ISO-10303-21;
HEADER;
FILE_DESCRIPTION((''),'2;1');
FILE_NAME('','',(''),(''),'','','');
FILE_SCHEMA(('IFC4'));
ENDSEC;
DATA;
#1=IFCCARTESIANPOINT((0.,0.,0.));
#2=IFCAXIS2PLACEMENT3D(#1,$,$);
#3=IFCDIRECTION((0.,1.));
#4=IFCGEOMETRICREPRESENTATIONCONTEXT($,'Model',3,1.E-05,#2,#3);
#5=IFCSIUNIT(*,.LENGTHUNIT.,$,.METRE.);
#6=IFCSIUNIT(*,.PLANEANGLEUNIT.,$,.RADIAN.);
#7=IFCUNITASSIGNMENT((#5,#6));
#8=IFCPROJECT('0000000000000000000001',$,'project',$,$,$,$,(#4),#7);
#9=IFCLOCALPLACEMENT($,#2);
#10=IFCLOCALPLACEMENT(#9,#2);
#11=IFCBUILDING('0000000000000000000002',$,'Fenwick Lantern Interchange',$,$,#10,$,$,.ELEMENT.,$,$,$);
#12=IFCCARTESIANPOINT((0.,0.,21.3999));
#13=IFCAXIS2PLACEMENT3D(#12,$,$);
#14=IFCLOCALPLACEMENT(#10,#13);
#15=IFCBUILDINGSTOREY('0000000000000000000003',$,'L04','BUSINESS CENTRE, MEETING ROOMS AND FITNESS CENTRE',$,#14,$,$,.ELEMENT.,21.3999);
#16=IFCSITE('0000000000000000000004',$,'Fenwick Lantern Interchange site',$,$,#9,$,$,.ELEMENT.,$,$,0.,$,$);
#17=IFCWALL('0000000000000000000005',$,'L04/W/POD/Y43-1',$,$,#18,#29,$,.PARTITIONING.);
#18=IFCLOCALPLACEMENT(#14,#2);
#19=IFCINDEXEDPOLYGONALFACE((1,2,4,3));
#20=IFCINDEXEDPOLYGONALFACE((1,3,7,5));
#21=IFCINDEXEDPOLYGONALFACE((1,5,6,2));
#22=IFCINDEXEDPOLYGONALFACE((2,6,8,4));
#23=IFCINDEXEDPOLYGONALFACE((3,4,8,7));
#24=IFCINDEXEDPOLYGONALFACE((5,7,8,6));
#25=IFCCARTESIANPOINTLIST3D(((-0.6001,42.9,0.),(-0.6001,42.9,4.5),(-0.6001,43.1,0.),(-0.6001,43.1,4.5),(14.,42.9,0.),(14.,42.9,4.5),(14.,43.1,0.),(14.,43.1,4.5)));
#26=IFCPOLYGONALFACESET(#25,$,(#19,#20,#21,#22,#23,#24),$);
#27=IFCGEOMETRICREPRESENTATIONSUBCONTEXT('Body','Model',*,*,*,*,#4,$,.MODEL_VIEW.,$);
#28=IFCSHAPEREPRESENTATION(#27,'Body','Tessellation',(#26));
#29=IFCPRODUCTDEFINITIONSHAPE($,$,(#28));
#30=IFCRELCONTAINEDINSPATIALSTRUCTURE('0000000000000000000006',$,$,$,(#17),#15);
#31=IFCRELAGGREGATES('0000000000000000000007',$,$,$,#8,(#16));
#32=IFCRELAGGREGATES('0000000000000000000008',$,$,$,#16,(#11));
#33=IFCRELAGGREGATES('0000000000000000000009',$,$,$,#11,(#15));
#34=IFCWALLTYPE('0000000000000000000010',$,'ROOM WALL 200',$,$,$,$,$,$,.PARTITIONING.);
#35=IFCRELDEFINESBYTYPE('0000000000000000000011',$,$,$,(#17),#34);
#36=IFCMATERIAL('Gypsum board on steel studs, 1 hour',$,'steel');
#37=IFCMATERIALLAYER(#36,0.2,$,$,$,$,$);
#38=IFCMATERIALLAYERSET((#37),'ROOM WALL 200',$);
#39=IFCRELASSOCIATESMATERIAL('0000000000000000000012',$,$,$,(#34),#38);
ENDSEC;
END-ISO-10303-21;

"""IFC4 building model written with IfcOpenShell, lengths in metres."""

from ifc_helpers import new_model, si_unit, direction, frame, frame_2d, origin, place, context, subcontext, project, spatial, rectangle, extrude, material, layer, layer_set, type_object, element, save


model = new_model("IFC4")

# Units and contexts
model_context = context("Model", 3, precision=1e-05, world=origin(), true_north=direction((0.0, 1.0)))
body_context = subcontext(model_context, "Body", "Model", "MODEL_VIEW")
ifc_project = project(units=[si_unit("LENGTHUNIT", "METRE"), si_unit("PLANEANGLEUNIT", "RADIAN")], contexts=[model_context])

# Site, building, storey
site_placement = place(None, origin())
site = spatial("IfcSite", under=ifc_project, at=site_placement, Name="Fenwick Lantern Interchange site", CompositionType="ELEMENT", RefElevation=0.0)
building_placement = place(site_placement, origin())
building = spatial("IfcBuilding", under=site, at=building_placement, Name="Fenwick Lantern Interchange", CompositionType="ELEMENT")
storey_placement = place(building_placement, frame((0.0, 0.0, 21.3999)))
storey = spatial("IfcBuildingStorey", under=building, at=storey_placement, Name="L04", Description="BUSINESS CENTRE, MEETING ROOMS AND FITNESS CENTRE", CompositionType="ELEMENT", Elevation=21.3999)

# Wall
ifc_material_1 = material(Name="Gypsum board on steel studs, 1 hour", Category="steel")
ifc_layer = layer(ifc_material_1, 0.2)
ifc_layer_set = layer_set([ifc_layer], Name="ROOM WALL 200")
wall_type = type_object("IfcWallType", Name="ROOM WALL 200", PredefinedType="PARTITIONING", material=ifc_layer_set)
wall_placement = place(storey_placement, frame((-0.6001, 43.0, 0.0), z_axis=(0.0, 0.0, 1.0), x_axis=(1.0, 0.0, 0.0)))
element("IfcWall", 1, at=wall_placement, inside=storey, type_object=wall_type, Name="L04/W/POD/Y43-1", PredefinedType="PARTITIONING", context=body_context, shape_type="SweptSolid", body=[
    extrude(rectangle(XDim=14.6001, YDim=0.2, at=frame_2d((7.3, 0.0))), origin(), (0.0, 0.0, 1.0), 4.5),
])

save(model, "model.ifc")
